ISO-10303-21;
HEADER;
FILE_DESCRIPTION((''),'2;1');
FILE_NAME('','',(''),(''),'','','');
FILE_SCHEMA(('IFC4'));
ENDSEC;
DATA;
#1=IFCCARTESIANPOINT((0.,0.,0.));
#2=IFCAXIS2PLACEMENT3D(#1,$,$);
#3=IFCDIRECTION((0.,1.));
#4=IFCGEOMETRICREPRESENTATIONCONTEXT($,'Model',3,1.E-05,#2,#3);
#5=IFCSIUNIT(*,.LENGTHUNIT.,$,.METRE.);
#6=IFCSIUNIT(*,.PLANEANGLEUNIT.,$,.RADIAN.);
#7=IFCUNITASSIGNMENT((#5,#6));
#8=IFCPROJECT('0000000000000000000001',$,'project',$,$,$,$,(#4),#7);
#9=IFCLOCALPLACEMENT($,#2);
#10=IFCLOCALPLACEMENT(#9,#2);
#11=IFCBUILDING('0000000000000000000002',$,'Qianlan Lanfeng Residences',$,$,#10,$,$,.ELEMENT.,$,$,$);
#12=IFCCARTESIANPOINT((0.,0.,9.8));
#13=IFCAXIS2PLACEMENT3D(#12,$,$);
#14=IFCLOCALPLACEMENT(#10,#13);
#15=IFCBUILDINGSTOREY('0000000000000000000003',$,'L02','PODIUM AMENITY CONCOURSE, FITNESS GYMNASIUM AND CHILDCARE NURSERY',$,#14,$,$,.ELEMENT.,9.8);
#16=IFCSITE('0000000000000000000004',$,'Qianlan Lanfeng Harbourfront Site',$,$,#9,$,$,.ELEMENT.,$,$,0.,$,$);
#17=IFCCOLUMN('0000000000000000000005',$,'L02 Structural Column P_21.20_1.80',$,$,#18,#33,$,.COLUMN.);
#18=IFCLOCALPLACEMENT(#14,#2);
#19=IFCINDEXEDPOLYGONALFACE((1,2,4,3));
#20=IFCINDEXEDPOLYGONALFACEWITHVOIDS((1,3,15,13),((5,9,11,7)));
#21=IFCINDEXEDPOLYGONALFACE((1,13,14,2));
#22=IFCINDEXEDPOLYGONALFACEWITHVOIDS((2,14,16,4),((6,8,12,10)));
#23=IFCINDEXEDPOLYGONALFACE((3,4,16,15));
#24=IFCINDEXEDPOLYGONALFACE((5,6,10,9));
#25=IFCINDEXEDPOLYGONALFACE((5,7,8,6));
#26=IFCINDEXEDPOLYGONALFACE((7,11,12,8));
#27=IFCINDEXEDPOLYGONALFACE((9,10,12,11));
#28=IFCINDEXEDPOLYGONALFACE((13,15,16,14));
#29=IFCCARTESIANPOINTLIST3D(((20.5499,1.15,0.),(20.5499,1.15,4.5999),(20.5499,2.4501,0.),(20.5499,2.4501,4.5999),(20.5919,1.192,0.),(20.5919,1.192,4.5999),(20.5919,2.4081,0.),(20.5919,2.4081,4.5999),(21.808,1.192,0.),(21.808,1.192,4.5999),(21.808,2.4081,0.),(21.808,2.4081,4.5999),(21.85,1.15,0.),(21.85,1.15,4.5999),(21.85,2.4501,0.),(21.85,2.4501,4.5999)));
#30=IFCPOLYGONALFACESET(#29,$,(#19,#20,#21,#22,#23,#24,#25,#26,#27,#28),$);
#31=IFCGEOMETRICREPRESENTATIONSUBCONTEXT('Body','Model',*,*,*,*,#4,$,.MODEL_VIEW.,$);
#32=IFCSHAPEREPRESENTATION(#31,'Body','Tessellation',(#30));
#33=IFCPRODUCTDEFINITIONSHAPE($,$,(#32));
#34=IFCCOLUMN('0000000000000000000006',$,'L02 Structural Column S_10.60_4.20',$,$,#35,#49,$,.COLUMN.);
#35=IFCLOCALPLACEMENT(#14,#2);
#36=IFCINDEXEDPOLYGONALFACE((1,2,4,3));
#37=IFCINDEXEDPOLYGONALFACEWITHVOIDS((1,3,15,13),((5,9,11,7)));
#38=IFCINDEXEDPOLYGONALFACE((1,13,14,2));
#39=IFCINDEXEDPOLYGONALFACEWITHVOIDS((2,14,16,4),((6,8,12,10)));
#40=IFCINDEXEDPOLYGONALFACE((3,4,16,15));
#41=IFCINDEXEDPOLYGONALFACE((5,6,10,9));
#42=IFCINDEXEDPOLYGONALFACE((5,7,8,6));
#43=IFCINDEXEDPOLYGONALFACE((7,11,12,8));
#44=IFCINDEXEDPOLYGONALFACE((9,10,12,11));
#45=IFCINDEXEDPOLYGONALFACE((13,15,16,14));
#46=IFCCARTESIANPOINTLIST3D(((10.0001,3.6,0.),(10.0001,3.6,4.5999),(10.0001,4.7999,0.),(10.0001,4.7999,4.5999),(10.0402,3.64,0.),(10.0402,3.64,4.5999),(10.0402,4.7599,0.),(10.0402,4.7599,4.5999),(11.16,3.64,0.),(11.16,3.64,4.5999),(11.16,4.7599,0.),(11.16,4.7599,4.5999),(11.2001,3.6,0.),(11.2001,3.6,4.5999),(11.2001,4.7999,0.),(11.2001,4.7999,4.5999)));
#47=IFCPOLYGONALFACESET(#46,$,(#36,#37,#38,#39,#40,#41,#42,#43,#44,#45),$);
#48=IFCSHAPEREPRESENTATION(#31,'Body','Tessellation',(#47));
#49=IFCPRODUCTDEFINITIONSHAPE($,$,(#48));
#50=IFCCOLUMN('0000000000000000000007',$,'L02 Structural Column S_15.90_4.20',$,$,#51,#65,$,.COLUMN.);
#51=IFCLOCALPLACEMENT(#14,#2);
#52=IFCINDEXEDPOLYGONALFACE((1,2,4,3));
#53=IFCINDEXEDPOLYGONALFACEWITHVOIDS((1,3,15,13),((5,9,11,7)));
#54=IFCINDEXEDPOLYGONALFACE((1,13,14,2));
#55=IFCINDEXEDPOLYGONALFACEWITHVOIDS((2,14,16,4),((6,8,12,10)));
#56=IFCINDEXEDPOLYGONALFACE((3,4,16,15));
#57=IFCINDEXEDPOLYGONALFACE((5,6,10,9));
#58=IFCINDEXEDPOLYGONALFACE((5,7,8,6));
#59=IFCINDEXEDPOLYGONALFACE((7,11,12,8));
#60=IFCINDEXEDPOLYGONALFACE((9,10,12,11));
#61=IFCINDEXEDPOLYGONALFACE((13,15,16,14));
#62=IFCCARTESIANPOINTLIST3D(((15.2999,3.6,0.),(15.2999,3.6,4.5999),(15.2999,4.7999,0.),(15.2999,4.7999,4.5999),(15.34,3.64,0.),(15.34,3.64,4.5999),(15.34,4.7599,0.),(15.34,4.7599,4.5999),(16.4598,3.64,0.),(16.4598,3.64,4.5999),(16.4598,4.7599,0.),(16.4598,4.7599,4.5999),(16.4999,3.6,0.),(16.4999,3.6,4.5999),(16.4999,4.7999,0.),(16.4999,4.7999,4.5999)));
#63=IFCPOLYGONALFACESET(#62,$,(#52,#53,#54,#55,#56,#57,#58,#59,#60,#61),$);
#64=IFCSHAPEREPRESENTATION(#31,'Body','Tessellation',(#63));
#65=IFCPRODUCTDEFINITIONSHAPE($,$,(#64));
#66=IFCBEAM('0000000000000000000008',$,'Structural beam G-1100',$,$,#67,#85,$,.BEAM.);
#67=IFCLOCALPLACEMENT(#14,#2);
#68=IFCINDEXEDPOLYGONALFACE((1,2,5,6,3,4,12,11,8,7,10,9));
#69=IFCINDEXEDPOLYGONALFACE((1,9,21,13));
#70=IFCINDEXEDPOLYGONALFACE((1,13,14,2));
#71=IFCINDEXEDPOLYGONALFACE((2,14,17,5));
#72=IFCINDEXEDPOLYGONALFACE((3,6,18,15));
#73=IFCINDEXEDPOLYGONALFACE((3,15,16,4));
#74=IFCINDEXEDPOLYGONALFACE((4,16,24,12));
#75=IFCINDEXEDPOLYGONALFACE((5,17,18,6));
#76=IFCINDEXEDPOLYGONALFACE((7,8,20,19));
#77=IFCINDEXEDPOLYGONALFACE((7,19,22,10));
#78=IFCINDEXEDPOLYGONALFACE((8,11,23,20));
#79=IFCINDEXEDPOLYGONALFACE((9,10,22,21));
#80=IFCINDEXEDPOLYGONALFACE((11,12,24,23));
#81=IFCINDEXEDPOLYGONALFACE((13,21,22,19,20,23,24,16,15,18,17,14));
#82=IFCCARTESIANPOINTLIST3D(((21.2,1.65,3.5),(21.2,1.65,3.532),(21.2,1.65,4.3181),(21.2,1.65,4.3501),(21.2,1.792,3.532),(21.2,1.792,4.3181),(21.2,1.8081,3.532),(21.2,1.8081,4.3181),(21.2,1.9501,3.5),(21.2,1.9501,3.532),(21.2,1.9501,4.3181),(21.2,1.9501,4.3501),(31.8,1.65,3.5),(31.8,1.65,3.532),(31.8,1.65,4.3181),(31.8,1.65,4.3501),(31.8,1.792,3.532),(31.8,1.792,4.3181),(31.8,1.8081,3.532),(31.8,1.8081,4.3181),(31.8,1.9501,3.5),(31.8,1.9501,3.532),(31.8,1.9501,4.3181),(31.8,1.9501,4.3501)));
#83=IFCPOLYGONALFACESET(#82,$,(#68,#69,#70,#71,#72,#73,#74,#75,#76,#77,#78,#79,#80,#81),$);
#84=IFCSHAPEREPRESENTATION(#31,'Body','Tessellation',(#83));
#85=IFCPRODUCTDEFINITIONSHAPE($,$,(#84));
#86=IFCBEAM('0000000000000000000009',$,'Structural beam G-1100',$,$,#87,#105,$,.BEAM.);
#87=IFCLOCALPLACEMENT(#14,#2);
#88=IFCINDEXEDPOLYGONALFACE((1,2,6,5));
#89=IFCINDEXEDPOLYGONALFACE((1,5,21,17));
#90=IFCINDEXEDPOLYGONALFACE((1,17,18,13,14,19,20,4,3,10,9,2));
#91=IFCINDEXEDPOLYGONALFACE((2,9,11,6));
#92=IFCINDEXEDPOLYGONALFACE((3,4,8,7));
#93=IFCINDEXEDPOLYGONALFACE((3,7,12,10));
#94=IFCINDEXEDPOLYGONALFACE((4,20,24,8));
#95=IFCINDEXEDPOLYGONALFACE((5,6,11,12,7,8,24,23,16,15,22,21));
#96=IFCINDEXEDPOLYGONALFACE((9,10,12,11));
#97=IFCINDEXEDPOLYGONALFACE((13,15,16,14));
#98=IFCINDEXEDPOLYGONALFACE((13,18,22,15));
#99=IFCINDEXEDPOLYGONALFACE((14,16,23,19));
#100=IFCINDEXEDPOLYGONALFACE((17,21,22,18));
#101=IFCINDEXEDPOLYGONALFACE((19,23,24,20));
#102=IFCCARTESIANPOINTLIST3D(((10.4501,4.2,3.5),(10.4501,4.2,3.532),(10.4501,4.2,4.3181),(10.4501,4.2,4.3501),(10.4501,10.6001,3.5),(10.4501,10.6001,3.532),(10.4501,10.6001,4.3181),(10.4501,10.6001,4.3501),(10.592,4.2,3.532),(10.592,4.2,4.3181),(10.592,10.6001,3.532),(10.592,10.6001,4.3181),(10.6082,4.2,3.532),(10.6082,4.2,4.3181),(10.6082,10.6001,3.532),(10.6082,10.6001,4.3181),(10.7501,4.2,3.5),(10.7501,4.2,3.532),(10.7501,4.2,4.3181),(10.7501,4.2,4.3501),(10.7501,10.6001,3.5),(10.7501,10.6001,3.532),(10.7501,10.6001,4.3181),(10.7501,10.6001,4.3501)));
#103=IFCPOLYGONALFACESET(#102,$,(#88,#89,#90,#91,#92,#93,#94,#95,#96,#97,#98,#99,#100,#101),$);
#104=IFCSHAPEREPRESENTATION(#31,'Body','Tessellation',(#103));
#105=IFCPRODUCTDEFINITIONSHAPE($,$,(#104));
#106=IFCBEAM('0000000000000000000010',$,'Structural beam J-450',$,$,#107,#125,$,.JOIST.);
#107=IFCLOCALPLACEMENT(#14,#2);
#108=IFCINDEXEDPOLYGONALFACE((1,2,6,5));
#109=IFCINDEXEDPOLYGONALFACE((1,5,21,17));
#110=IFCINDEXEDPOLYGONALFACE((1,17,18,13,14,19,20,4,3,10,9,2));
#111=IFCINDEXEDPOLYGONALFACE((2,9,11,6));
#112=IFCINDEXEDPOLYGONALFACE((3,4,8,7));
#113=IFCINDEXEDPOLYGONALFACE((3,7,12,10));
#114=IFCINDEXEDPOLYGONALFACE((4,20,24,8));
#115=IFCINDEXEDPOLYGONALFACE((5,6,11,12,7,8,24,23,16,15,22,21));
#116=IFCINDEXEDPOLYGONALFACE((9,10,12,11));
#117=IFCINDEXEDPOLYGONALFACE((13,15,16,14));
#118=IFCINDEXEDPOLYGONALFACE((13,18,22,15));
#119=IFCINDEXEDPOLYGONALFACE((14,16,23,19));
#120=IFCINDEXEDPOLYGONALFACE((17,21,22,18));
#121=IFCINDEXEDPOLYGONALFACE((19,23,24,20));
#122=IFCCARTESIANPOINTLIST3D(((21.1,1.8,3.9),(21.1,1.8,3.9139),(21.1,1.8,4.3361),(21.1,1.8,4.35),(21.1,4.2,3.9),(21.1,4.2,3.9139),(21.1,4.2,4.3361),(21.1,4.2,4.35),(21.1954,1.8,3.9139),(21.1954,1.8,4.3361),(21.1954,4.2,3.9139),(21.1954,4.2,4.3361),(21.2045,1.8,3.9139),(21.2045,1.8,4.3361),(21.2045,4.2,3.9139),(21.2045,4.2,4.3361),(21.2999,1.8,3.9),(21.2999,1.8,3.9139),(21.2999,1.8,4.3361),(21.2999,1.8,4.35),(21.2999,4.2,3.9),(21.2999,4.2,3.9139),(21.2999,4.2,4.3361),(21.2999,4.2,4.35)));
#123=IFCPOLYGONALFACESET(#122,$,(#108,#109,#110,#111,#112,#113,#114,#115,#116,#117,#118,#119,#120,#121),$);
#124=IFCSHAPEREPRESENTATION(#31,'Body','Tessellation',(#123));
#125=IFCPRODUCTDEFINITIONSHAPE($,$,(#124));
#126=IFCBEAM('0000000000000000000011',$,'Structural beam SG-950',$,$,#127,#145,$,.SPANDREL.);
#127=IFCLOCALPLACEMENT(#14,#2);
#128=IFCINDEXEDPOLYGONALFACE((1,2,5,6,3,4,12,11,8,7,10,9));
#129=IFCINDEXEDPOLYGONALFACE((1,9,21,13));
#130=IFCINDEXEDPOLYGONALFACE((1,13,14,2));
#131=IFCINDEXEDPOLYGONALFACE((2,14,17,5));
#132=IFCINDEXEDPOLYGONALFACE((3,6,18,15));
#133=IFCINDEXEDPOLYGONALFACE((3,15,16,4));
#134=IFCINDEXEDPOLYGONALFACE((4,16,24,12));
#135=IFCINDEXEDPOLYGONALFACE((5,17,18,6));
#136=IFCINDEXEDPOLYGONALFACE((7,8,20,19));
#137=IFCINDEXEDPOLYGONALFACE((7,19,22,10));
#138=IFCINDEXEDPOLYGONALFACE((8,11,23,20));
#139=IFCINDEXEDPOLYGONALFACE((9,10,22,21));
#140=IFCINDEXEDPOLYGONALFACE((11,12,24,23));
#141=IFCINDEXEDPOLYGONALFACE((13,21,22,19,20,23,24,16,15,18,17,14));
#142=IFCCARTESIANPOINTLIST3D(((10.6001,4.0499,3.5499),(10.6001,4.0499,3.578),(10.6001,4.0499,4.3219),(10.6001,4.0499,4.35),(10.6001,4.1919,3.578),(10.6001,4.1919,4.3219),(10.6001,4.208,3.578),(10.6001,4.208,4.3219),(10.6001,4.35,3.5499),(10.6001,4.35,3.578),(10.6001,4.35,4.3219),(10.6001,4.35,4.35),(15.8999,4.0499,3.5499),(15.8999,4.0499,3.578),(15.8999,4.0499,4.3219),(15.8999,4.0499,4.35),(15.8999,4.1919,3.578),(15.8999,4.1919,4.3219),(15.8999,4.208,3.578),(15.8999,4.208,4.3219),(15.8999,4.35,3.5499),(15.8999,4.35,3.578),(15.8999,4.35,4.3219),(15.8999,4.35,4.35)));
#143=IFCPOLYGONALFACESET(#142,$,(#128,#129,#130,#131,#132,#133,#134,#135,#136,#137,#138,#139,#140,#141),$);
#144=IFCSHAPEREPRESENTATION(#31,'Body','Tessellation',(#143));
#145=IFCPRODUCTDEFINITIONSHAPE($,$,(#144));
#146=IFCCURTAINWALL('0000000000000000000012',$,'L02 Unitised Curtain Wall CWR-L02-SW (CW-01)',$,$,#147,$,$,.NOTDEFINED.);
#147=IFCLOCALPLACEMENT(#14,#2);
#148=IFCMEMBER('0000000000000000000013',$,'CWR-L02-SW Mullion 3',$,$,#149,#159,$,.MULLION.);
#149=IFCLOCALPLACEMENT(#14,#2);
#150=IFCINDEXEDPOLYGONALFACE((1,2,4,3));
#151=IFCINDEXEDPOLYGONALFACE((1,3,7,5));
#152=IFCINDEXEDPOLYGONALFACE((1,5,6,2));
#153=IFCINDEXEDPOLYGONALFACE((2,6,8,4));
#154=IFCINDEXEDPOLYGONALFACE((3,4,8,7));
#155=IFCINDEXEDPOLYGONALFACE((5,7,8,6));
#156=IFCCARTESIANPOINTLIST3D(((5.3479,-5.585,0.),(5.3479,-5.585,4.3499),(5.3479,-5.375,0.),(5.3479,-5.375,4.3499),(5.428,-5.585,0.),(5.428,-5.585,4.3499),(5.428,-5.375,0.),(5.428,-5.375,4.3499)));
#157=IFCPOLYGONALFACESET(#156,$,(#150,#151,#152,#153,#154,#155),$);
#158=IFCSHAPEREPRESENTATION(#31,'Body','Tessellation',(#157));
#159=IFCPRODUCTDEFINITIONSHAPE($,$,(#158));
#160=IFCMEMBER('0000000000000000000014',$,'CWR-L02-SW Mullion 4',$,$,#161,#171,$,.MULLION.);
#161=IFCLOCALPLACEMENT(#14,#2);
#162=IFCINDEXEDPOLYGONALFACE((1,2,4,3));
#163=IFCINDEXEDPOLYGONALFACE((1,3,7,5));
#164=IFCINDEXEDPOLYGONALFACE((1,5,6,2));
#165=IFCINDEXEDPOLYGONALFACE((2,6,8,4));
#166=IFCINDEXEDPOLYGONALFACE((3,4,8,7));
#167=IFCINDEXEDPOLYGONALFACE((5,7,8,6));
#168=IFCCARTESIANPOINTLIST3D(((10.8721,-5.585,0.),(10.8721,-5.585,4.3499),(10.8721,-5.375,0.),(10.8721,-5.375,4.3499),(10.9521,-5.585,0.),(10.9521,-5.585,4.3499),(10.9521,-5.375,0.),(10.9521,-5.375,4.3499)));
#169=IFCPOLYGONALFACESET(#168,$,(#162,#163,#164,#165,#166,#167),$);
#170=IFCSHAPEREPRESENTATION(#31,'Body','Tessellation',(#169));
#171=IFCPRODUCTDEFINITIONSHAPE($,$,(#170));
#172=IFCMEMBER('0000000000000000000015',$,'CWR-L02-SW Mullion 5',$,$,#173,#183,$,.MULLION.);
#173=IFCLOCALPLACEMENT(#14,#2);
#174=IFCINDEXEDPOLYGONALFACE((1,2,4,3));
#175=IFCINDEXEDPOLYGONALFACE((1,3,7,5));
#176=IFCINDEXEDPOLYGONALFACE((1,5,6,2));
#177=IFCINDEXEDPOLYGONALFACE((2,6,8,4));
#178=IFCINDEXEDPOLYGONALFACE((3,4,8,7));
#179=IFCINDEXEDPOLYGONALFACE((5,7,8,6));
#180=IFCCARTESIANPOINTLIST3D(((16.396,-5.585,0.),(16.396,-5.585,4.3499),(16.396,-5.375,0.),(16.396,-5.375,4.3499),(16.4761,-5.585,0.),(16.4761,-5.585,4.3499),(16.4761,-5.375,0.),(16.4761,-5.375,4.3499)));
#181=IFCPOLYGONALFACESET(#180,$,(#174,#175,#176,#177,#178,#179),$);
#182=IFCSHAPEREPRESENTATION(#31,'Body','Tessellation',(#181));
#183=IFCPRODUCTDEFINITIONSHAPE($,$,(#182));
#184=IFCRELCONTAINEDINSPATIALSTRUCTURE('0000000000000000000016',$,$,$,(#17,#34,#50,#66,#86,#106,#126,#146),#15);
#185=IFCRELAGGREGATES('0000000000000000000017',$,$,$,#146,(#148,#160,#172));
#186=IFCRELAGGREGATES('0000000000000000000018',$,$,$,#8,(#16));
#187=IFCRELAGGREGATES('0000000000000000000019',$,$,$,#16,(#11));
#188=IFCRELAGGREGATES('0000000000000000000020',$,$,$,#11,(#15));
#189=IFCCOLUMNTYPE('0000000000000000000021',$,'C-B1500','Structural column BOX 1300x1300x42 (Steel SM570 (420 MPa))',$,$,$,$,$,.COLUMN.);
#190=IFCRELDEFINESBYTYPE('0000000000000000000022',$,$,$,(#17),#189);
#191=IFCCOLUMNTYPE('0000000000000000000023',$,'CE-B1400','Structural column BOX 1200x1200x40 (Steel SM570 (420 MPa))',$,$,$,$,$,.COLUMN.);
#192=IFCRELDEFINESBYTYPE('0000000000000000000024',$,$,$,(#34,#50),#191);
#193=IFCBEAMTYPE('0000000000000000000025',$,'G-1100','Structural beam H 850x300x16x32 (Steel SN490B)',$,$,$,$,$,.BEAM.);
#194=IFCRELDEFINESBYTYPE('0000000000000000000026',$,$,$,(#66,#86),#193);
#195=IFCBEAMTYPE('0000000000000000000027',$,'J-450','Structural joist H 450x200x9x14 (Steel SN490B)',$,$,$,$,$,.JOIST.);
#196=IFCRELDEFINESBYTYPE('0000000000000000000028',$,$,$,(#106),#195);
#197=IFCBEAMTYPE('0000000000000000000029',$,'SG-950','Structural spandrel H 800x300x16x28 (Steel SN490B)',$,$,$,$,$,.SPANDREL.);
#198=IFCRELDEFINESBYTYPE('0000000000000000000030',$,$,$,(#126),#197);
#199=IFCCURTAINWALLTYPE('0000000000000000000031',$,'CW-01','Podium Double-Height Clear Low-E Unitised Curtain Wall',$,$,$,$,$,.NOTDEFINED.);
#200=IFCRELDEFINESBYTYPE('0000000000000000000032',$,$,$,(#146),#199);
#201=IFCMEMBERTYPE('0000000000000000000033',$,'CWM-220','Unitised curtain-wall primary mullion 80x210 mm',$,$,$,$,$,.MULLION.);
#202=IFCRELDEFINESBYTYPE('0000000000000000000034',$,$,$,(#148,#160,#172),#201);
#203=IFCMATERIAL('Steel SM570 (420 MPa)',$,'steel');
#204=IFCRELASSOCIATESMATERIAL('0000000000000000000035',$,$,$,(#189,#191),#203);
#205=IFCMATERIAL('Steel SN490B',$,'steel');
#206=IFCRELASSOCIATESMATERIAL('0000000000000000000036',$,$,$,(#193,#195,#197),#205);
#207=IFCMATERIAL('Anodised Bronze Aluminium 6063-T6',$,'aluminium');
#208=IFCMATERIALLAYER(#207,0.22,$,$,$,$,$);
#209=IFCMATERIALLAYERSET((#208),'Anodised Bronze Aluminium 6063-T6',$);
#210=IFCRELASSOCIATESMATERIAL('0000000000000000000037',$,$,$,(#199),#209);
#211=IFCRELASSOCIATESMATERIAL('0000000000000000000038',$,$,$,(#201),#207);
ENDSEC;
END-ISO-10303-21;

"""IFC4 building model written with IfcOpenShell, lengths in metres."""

from ifc_helpers import new_model, si_unit, direction, frame, origin, origin_2d, place, context, subcontext, project, spatial, rectangle, hollow_rectangle, i_section, extrude, source, transform, mapped, material, layer, layer_set, material_profile, profile_set, type_object, element, aggregate, save


model = new_model("IFC4")

# Units and contexts
model_context = context("Model", 3, precision=1e-05, world=origin(), true_north=direction((0.0, 1.0)))
body_context = subcontext(model_context, "Body", "Model", "MODEL_VIEW")
ifc_project = project(units=[si_unit("LENGTHUNIT", "METRE"), si_unit("PLANEANGLEUNIT", "RADIAN")], contexts=[model_context])

# Site, building, storey
site_placement = place(None, origin())
site = spatial("IfcSite", under=ifc_project, at=site_placement, Name="Qianlan Lanfeng Harbourfront Site", CompositionType="ELEMENT", RefElevation=0.0)
building_placement = place(site_placement, origin())
building = spatial("IfcBuilding", under=site, at=building_placement, Name="Qianlan Lanfeng Residences", CompositionType="ELEMENT")
storey_placement = place(building_placement, frame((0.0, 0.0, 9.8)))
storey = spatial("IfcBuildingStorey", under=building, at=storey_placement, Name="L02", Description="PODIUM AMENITY CONCOURSE, FITNESS GYMNASIUM AND CHILDCARE NURSERY", CompositionType="ELEMENT", Elevation=9.8)

# Columns
ifc_material_1 = material(Name="Steel SM570 (420 MPa)", Category="steel")
ifc_material_profile_1 = material_profile(ifc_material_1, hollow_rectangle(XDim=1.3, YDim=1.3, WallThickness=0.042, at=origin_2d()), Name="BOX 1300x1300x42")
ifc_profile_set_1 = profile_set([ifc_material_profile_1], Name="Steel SM570 (420 MPa)")
column_type_1 = type_object("IfcColumnType", Name="C-B1500", Description="Structural column BOX 1300x1300x42 (Steel SM570 (420 MPa))", PredefinedType="COLUMN", material=ifc_profile_set_1)
column_placement = place(storey_placement, frame((21.2, 1.8, 0.0), z_axis=(0.0, 0.0, 1.0), x_axis=(1.0, 0.0, 0.0)))
element("IfcColumn", 1, at=column_placement, inside=storey, type_object=column_type_1, Name="L02 Structural Column P_21.20_1.80", PredefinedType="COLUMN", context=body_context, shape_type="SweptSolid", body=[
    extrude(hollow_rectangle(XDim=1.3, YDim=1.3, WallThickness=0.042, at=origin_2d()), origin(), (0.0, 0.0, 1.0), 4.5999),
])
ifc_material_profile_2 = material_profile(ifc_material_1, hollow_rectangle(XDim=1.2, YDim=1.2, WallThickness=0.04, at=origin_2d()), Name="BOX 1200x1200x40")
ifc_profile_set_2 = profile_set([ifc_material_profile_2], Name="Steel SM570 (420 MPa)")
column_type_2 = type_object("IfcColumnType", Name="CE-B1400", Description="Structural column BOX 1200x1200x40 (Steel SM570 (420 MPa))", PredefinedType="COLUMN", material=ifc_profile_set_2)
for number, where, z_axis, x_axis, name in (
    (2, (10.6001, 4.2, 0.0), (0.0, 0.0, 1.0), (1.0, 0.0, 0.0), "L02 Structural Column S_10.60_4.20"),
    (3, (15.8999, 4.2, 0.0), (0.0, 0.0, 1.0), (1.0, 0.0, 0.0), "L02 Structural Column S_15.90_4.20"),
):
    element("IfcColumn", number, at=place(storey_placement, frame(where, z_axis=z_axis, x_axis=x_axis)), inside=storey, type_object=column_type_2, Name=name, PredefinedType="COLUMN", context=body_context, shape_type="SweptSolid", body=[
        extrude(hollow_rectangle(XDim=1.2, YDim=1.2, WallThickness=0.04, at=origin_2d()), origin(), (0.0, 0.0, 1.0), 4.5999),
    ])

# Beams
ifc_material_2 = material(Name="Steel SN490B", Category="steel")
ifc_material_profile_3 = material_profile(ifc_material_2, i_section(OverallWidth=0.3, OverallDepth=0.8501, WebThickness=0.0161, FlangeThickness=0.032, at=origin_2d()), Name="H 850x300x16x32")
ifc_profile_set_3 = profile_set([ifc_material_profile_3], Name="Steel SN490B")
beam_type_1 = type_object("IfcBeamType", Name="G-1100", Description="Structural beam H 850x300x16x32 (Steel SN490B)", PredefinedType="BEAM", material=ifc_profile_set_3)
beam_1_placement = place(storey_placement, frame((21.2, 1.8, 3.925), z_axis=(1.0, 0.0, 0.0), x_axis=(0.0, 1.0, 0.0)))
element("IfcBeam", 4, at=beam_1_placement, inside=storey, type_object=beam_type_1, Name="Structural beam G-1100", PredefinedType="BEAM", context=body_context, shape_type="SweptSolid", body=[
    extrude(i_section(OverallWidth=0.3, OverallDepth=0.8501, WebThickness=0.0161, FlangeThickness=0.032, at=origin_2d()), origin(), (0.0, 0.0, 1.0), 10.6001),
])
beam_2_placement = place(storey_placement, frame((10.6001, 4.2, 3.925), z_axis=(0.0, 1.0, 0.0), x_axis=(-1.0, 0.0, 0.0)))
element("IfcBeam", 5, at=beam_2_placement, inside=storey, type_object=beam_type_1, Name="Structural beam G-1100", PredefinedType="BEAM", context=body_context, shape_type="SweptSolid", body=[
    extrude(i_section(OverallWidth=0.3, OverallDepth=0.8501, WebThickness=0.0161, FlangeThickness=0.032, at=origin_2d()), origin(), (0.0, 0.0, 1.0), 6.4001),
])
ifc_material_profile_4 = material_profile(ifc_material_2, i_section(OverallWidth=0.2, OverallDepth=0.45, WebThickness=0.009, FlangeThickness=0.0139, at=origin_2d()), Name="H 450x200x9x14")
ifc_profile_set_4 = profile_set([ifc_material_profile_4], Name="Steel SN490B")
beam_type_2 = type_object("IfcBeamType", Name="J-450", Description="Structural joist H 450x200x9x14 (Steel SN490B)", PredefinedType="JOIST", material=ifc_profile_set_4)
beam_3_placement = place(storey_placement, frame((21.2, 1.8, 4.125), z_axis=(0.0, 1.0, 0.0), x_axis=(-1.0, 0.0, 0.0)))
element("IfcBeam", 6, at=beam_3_placement, inside=storey, type_object=beam_type_2, Name="Structural beam J-450", PredefinedType="JOIST", context=body_context, shape_type="SweptSolid", body=[
    extrude(i_section(OverallWidth=0.2, OverallDepth=0.45, WebThickness=0.009, FlangeThickness=0.0139, at=origin_2d()), origin(), (0.0, 0.0, 1.0), 2.3999),
])
ifc_material_profile_5 = material_profile(ifc_material_2, i_section(OverallWidth=0.3, OverallDepth=0.8, WebThickness=0.0161, FlangeThickness=0.0281, at=origin_2d()), Name="H 800x300x16x28")
ifc_profile_set_5 = profile_set([ifc_material_profile_5], Name="Steel SN490B")
beam_type_3 = type_object("IfcBeamType", Name="SG-950", Description="Structural spandrel H 800x300x16x28 (Steel SN490B)", PredefinedType="SPANDREL", material=ifc_profile_set_5)
beam_4_placement = place(storey_placement, frame((10.6001, 4.2, 3.95), z_axis=(1.0, 0.0, 0.0), x_axis=(0.0, 1.0, 0.0)))
element("IfcBeam", 7, at=beam_4_placement, inside=storey, type_object=beam_type_3, Name="Structural beam SG-950", PredefinedType="SPANDREL", context=body_context, shape_type="SweptSolid", body=[
    extrude(i_section(OverallWidth=0.3, OverallDepth=0.8, WebThickness=0.0161, FlangeThickness=0.0281, at=origin_2d()), origin(), (0.0, 0.0, 1.0), 5.2998),
])

# Curtain wall, members
ifc_material_3 = material(Name="Anodised Bronze Aluminium 6063-T6", Category="aluminium")
ifc_layer_1 = layer(ifc_material_3, 0.22)
ifc_layer_set_1 = layer_set([ifc_layer_1], Name="Anodised Bronze Aluminium 6063-T6")
curtain_wall_type = type_object("IfcCurtainWallType", Name="CW-01", Description="Podium Double-Height Clear Low-E Unitised Curtain Wall", PredefinedType="NOTDEFINED", material=ifc_layer_set_1)
curtain_wall_placement = place(storey_placement, origin())
curtain_wall = element("IfcCurtainWall", 8, at=curtain_wall_placement, inside=storey, type_object=curtain_wall_type, Name="L02 Unitised Curtain Wall CWR-L02-SW (CW-01)", PredefinedType="NOTDEFINED")
ifc_material_profile_6 = material_profile(ifc_material_3, rectangle(XDim=0.0801, YDim=0.21, at=origin_2d()), Name="ALU MULLION 80x210")
ifc_profile_set_6 = profile_set([ifc_material_profile_6], Name="Anodised Bronze Aluminium 6063-T6")
member_type_1 = type_object("IfcMemberType", Name="CWM-220", Description="Unitised curtain-wall primary mullion 80x210 mm", PredefinedType="MULLION", material=ifc_profile_set_6)
shared_shape_1 = source(origin(), body_context, "Body", "SweptSolid", [
    extrude(rectangle(XDim=0.0801, YDim=0.21, at=origin_2d()), origin(), (0.0, 0.0, 1.0), 4.3499),
])
member_1_placement = place(storey_placement, frame((5.3879, -5.48, 0.0), z_axis=(0.0, 0.0, 1.0), x_axis=(1.0, 0.0, 0.0)))
member_1 = element("IfcMember", 9, at=member_1_placement, type_object=member_type_1, Name="CWR-L02-SW Mullion 3", PredefinedType="MULLION", context=body_context, shape_type="MappedRepresentation", body=[
    mapped(shared_shape_1, transform((0.0, 0.0, 0.0), scale=1.0)),
])
member_2_placement = place(storey_placement, frame((10.9121, -5.48, 0.0), z_axis=(0.0, 0.0, 1.0), x_axis=(1.0, 0.0, 0.0)))
member_2 = element("IfcMember", 10, at=member_2_placement, type_object=member_type_1, Name="CWR-L02-SW Mullion 4", PredefinedType="MULLION", context=body_context, shape_type="MappedRepresentation", body=[
    mapped(shared_shape_1, transform((0.0, 0.0, 0.0), scale=1.0)),
])
member_3_placement = place(storey_placement, frame((16.436, -5.48, 0.0), z_axis=(0.0, 0.0, 1.0), x_axis=(1.0, 0.0, 0.0)))
member_3 = element("IfcMember", 11, at=member_3_placement, type_object=member_type_1, Name="CWR-L02-SW Mullion 5", PredefinedType="MULLION", context=body_context, shape_type="MappedRepresentation", body=[
    mapped(shared_shape_1, transform((0.0, 0.0, 0.0), scale=1.0)),
])
aggregate(curtain_wall, [member_1, member_2, member_3])

save(model, "model.ifc")
